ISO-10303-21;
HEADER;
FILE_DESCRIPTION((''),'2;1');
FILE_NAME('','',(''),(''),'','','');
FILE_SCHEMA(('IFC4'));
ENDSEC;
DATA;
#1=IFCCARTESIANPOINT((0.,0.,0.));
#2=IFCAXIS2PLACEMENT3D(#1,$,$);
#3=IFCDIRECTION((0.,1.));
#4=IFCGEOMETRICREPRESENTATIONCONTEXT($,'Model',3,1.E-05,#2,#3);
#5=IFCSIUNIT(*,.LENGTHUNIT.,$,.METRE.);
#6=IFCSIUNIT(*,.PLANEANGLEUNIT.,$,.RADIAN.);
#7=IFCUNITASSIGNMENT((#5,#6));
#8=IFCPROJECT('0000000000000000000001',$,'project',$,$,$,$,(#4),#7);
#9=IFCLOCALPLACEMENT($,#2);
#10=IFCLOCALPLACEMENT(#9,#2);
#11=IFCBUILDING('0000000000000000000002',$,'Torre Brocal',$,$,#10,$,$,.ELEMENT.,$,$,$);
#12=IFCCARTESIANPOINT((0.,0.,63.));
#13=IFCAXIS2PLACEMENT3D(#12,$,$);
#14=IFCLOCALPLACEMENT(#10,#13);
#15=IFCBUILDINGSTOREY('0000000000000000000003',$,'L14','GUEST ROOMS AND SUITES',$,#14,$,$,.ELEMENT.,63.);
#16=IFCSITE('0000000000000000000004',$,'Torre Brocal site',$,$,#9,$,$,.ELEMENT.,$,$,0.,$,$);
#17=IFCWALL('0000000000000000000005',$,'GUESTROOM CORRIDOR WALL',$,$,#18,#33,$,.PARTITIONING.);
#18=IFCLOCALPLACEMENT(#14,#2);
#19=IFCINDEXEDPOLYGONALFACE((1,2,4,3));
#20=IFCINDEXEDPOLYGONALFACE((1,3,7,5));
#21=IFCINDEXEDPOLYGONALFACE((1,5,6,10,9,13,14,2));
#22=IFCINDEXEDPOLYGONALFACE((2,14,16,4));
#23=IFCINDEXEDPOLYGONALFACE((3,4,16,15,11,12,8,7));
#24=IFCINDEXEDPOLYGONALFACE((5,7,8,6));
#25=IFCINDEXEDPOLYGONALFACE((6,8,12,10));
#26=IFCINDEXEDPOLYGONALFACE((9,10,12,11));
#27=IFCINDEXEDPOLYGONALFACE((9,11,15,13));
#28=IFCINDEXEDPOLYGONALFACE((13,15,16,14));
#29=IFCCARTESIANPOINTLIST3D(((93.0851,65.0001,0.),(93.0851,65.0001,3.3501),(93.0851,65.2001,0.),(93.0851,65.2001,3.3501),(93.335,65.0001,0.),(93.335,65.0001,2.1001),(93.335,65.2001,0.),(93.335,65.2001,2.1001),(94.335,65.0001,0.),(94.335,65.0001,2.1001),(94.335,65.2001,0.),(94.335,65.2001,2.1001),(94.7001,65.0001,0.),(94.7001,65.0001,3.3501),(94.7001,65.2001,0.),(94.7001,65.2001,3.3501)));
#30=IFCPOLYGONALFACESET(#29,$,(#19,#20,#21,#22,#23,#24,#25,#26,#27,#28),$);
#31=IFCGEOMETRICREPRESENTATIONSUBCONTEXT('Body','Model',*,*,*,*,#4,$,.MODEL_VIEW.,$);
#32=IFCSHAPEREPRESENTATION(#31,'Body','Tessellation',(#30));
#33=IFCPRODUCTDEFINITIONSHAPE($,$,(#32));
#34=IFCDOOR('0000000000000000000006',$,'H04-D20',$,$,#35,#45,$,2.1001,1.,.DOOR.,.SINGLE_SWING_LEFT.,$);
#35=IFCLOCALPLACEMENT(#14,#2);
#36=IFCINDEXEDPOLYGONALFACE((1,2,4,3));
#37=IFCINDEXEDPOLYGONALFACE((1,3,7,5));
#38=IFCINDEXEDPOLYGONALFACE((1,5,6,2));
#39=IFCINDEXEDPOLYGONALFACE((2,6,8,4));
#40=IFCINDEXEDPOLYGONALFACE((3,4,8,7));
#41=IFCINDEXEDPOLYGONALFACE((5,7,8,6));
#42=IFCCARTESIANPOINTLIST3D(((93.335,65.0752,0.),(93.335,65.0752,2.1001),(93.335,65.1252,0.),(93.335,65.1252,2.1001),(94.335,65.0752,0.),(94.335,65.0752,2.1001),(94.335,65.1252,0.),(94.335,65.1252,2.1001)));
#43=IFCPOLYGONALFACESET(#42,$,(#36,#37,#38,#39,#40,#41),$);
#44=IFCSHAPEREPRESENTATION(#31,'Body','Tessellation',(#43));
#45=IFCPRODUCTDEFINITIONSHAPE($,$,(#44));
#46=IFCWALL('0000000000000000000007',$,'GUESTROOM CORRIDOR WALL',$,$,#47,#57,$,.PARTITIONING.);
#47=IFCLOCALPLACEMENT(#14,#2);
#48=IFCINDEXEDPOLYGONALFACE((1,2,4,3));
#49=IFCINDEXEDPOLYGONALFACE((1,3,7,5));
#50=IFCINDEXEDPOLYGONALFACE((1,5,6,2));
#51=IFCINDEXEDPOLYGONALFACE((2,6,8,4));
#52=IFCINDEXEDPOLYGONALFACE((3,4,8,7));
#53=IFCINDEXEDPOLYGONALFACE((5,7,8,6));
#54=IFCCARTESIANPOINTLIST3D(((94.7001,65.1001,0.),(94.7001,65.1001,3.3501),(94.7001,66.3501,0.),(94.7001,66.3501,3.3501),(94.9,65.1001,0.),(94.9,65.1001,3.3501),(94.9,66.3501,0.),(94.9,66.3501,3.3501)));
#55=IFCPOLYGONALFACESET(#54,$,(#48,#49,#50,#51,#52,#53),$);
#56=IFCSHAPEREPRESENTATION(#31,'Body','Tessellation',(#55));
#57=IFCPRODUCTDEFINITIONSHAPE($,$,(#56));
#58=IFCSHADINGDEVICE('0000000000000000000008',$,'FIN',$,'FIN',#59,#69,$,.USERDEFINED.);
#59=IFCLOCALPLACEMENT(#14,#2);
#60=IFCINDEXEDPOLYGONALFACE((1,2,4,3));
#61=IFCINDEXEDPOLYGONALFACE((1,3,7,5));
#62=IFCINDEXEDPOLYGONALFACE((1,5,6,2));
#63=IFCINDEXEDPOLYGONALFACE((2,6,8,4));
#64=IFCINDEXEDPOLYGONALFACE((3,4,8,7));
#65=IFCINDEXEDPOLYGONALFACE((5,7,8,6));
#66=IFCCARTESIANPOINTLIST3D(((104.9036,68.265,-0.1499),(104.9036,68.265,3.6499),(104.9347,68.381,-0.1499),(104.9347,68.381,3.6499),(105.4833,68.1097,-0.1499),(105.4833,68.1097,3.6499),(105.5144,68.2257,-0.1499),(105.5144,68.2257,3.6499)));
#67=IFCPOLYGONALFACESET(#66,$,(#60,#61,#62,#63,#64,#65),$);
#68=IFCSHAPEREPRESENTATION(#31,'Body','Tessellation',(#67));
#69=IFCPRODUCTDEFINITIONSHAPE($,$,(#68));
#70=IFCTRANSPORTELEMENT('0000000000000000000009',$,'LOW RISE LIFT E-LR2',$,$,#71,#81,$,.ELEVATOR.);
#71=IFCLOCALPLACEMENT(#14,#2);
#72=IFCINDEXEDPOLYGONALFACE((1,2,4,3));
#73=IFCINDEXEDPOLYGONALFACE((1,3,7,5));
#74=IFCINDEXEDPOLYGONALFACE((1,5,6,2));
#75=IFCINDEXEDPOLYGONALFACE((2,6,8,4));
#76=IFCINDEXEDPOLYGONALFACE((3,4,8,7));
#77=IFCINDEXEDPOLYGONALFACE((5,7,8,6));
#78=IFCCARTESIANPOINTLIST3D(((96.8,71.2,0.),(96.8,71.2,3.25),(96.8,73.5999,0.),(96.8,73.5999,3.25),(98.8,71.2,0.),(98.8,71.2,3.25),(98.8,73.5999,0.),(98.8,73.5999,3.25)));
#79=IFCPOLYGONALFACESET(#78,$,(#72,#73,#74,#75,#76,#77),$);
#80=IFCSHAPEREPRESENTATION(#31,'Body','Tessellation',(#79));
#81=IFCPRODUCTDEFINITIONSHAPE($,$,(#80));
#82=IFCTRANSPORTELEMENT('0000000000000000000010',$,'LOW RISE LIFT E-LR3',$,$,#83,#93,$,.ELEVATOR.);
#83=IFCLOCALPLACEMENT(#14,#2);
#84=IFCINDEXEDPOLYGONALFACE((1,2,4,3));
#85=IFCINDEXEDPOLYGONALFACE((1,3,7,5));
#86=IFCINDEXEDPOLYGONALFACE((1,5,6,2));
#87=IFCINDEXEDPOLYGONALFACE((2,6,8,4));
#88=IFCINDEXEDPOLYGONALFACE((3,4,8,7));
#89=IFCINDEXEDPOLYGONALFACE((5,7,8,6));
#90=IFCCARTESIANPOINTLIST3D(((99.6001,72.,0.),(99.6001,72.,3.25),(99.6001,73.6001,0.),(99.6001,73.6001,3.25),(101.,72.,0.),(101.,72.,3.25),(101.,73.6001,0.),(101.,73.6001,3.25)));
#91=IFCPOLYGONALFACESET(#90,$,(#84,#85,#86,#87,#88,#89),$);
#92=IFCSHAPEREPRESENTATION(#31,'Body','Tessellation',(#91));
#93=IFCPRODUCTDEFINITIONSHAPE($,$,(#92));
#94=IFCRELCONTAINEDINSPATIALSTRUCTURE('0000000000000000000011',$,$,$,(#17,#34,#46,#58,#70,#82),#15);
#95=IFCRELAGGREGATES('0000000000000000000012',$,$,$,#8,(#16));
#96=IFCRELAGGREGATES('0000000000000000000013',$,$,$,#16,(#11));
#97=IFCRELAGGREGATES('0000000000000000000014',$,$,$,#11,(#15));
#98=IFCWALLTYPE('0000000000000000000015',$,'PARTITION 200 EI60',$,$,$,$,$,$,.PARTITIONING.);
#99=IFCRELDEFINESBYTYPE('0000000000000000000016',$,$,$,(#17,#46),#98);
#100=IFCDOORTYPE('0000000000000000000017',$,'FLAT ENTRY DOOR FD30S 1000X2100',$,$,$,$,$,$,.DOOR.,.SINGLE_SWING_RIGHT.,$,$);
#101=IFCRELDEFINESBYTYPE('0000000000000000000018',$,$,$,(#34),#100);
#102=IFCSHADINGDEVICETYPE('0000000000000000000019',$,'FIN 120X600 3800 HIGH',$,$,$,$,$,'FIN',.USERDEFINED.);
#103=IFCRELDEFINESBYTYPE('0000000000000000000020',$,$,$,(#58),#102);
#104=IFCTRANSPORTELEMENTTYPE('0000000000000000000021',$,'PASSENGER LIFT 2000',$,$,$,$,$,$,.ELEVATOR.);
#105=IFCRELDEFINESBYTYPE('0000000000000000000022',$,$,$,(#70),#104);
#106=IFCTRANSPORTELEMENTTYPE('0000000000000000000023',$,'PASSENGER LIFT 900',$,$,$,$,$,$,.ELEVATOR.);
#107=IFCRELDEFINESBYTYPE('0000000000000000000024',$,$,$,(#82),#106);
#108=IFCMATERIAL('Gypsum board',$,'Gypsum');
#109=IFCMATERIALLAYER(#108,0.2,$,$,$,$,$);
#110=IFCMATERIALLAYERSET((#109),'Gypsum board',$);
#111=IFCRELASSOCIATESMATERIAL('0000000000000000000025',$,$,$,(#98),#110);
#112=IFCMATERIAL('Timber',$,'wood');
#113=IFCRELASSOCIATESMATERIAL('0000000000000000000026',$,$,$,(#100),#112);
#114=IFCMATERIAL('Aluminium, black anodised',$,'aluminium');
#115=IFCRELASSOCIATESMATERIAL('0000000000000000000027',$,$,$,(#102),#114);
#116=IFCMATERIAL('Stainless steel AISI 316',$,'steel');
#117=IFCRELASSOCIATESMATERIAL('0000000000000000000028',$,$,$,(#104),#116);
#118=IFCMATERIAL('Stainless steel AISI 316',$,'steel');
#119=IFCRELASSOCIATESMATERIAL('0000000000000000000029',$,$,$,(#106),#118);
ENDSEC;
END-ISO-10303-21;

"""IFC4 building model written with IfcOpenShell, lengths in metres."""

from ifc_helpers import new_model, si_unit, direction, frame, frame_2d, origin, origin_2d, place, context, subcontext, project, spatial, rectangle, extrude, material, layer, layer_set, material_profile, profile_set, type_object, element, fill, save


model = new_model("IFC4")

# Units and contexts
model_context = context("Model", 3, precision=1e-05, world=origin(), true_north=direction((0.0, 1.0)))
body_context = subcontext(model_context, "Body", "Model", "MODEL_VIEW")
ifc_project = project(units=[si_unit("LENGTHUNIT", "METRE"), si_unit("PLANEANGLEUNIT", "RADIAN")], contexts=[model_context])

# Site, building, storey
site_placement = place(None, origin())
site = spatial("IfcSite", under=ifc_project, at=site_placement, Name="Torre Brocal site", CompositionType="ELEMENT", RefElevation=0.0)
building_placement = place(site_placement, origin())
building = spatial("IfcBuilding", under=site, at=building_placement, Name="Torre Brocal", CompositionType="ELEMENT")
storey_placement = place(building_placement, frame((0.0, 0.0, 63.0)))
storey = spatial("IfcBuildingStorey", under=building, at=storey_placement, Name="L14", Description="GUEST ROOMS AND SUITES", CompositionType="ELEMENT", Elevation=63.0)

# Wall, opening, door
ifc_material_1 = material(Name="Gypsum board", Category="Gypsum")
ifc_layer_1 = layer(ifc_material_1, 0.2)
ifc_layer_set_1 = layer_set([ifc_layer_1], Name="Gypsum board")
wall_type_1 = type_object("IfcWallType", Name="PARTITION 200 EI60", PredefinedType="PARTITIONING", material=ifc_layer_set_1)
wall_1_placement = place(storey_placement, frame((93.085, 65.1001, 0.0), z_axis=(0.0, 0.0, 1.0), x_axis=(1.0, 0.0, 0.0)))
wall_1 = element("IfcWall", 1, at=wall_1_placement, inside=storey, type_object=wall_type_1, Name="GUESTROOM CORRIDOR WALL", PredefinedType="PARTITIONING", context=body_context, shape_type="SweptSolid", body=[
    extrude(rectangle(XDim=1.615, YDim=0.2, at=frame_2d((0.8076, 0.0))), origin(), (0.0, 0.0, 1.0), 3.3501),
])
opening_1_placement = place(wall_1_placement, frame((0.25, 0.0, 0.0)))
opening_1 = element("IfcOpeningElement", 2, at=opening_1_placement, cuts=wall_1, PredefinedType="OPENING", context=body_context, shape_type="SweptSolid", body=[
    extrude(rectangle(XDim=1.0, YDim=2.1001, at=frame_2d((0.5, 1.05))), frame((0.0, 0.1099, 0.0), z_axis=(0.0, -1.0, 0.0), x_axis=(1.0, 0.0, 0.0)), (0.0, 0.0, 1.0), 0.22),
])
ifc_material_2 = material(Name="Timber", Category="wood")
door_type_1 = type_object("IfcDoorType", Name="FLAT ENTRY DOOR FD30S 1000X2100", OperationType="SINGLE_SWING_RIGHT", PredefinedType="DOOR", material=ifc_material_2)
door_1_placement = place(opening_1_placement, frame((1.0, 0.0, 0.0), z_axis=(0.0, 0.0, 1.0), x_axis=(-1.0, 0.0, 0.0)))
door_1 = element("IfcDoor", 3, at=door_1_placement, inside=storey, type_object=door_type_1, Name="H04-D20", OperationType="SINGLE_SWING_LEFT", OverallHeight=2.1001, OverallWidth=1.0, PredefinedType="DOOR", context=body_context, shape_type="SweptSolid", body=[
    extrude(rectangle(XDim=1.0, YDim=2.1001, at=frame_2d((0.5, 1.05))), frame((0.0, 0.0249, 0.0), z_axis=(0.0, -1.0, 0.0), x_axis=(1.0, 0.0, 0.0)), (0.0, 0.0, 1.0), 0.05),
])
fill(opening_1, door_1)

# Wall
wall_2_placement = place(storey_placement, frame((94.8, 65.1001, 0.0), z_axis=(0.0, 0.0, 1.0), x_axis=(0.0, 1.0, 0.0)))
element("IfcWall", 4, at=wall_2_placement, inside=storey, type_object=wall_type_1, Name="GUESTROOM CORRIDOR WALL", PredefinedType="PARTITIONING", context=body_context, shape_type="SweptSolid", body=[
    extrude(rectangle(XDim=1.25, YDim=0.2, at=frame_2d((0.625, 0.0))), origin(), (0.0, 0.0, 1.0), 3.3501),
])

# Shading device
ifc_material_3 = material(Name="Aluminium, black anodised", Category="aluminium")
ifc_material_profile_1 = material_profile(ifc_material_3, rectangle(XDim=0.1201, YDim=0.6001, at=origin_2d()), Name="FIN 120X600 3800 HIGH")
ifc_profile_set_1 = profile_set([ifc_material_profile_1], Name="Aluminium, black anodised")
shading_device_type = type_object("IfcShadingDeviceType", Name="FIN 120X600 3800 HIGH", ElementType="FIN", PredefinedType="USERDEFINED", material=ifc_profile_set_1)
shading_device_placement = place(storey_placement, frame((105.209, 68.2454, -0.1499), z_axis=(0.0, 0.0, 1.0), x_axis=(0.258819, 0.965926, 0.0)))
element("IfcShadingDevice", 5, at=shading_device_placement, inside=storey, type_object=shading_device_type, Name="FIN", ObjectType="FIN", PredefinedType="USERDEFINED", context=body_context, shape_type="SweptSolid", body=[
    extrude(rectangle(XDim=0.1201, YDim=0.6001, at=origin_2d()), origin(), (0.0, 0.0, 1.0), 3.7998),
])

# Transport elements
ifc_material_4 = material(Name="Stainless steel AISI 316", Category="steel")
transport_element_type_1 = type_object("IfcTransportElementType", Name="PASSENGER LIFT 2000", PredefinedType="ELEVATOR", material=ifc_material_4)
transport_element_1_placement = place(storey_placement, frame((97.8, 72.3999, 0.0), z_axis=(0.0, 0.0, 1.0), x_axis=(1.0, 0.0, 0.0)))
element("IfcTransportElement", 6, at=transport_element_1_placement, inside=storey, type_object=transport_element_type_1, Name="LOW RISE LIFT E-LR2", PredefinedType="ELEVATOR", context=body_context, shape_type="SweptSolid", body=[
    extrude(rectangle(XDim=2.0, YDim=2.3999, at=origin_2d()), origin(), (0.0, 0.0, 1.0), 3.25),
])
ifc_material_5 = material(Name="Stainless steel AISI 316", Category="steel")
transport_element_type_2 = type_object("IfcTransportElementType", Name="PASSENGER LIFT 900", PredefinedType="ELEVATOR", material=ifc_material_5)
transport_element_2_placement = place(storey_placement, frame((100.3, 72.8, 0.0), z_axis=(0.0, 0.0, 1.0), x_axis=(1.0, 0.0, 0.0)))
element("IfcTransportElement", 7, at=transport_element_2_placement, inside=storey, type_object=transport_element_type_2, Name="LOW RISE LIFT E-LR3", PredefinedType="ELEVATOR", context=body_context, shape_type="SweptSolid", body=[
    extrude(rectangle(XDim=1.3999, YDim=1.6001, at=origin_2d()), origin(), (0.0, 0.0, 1.0), 3.25),
])

save(model, "model.ifc")
